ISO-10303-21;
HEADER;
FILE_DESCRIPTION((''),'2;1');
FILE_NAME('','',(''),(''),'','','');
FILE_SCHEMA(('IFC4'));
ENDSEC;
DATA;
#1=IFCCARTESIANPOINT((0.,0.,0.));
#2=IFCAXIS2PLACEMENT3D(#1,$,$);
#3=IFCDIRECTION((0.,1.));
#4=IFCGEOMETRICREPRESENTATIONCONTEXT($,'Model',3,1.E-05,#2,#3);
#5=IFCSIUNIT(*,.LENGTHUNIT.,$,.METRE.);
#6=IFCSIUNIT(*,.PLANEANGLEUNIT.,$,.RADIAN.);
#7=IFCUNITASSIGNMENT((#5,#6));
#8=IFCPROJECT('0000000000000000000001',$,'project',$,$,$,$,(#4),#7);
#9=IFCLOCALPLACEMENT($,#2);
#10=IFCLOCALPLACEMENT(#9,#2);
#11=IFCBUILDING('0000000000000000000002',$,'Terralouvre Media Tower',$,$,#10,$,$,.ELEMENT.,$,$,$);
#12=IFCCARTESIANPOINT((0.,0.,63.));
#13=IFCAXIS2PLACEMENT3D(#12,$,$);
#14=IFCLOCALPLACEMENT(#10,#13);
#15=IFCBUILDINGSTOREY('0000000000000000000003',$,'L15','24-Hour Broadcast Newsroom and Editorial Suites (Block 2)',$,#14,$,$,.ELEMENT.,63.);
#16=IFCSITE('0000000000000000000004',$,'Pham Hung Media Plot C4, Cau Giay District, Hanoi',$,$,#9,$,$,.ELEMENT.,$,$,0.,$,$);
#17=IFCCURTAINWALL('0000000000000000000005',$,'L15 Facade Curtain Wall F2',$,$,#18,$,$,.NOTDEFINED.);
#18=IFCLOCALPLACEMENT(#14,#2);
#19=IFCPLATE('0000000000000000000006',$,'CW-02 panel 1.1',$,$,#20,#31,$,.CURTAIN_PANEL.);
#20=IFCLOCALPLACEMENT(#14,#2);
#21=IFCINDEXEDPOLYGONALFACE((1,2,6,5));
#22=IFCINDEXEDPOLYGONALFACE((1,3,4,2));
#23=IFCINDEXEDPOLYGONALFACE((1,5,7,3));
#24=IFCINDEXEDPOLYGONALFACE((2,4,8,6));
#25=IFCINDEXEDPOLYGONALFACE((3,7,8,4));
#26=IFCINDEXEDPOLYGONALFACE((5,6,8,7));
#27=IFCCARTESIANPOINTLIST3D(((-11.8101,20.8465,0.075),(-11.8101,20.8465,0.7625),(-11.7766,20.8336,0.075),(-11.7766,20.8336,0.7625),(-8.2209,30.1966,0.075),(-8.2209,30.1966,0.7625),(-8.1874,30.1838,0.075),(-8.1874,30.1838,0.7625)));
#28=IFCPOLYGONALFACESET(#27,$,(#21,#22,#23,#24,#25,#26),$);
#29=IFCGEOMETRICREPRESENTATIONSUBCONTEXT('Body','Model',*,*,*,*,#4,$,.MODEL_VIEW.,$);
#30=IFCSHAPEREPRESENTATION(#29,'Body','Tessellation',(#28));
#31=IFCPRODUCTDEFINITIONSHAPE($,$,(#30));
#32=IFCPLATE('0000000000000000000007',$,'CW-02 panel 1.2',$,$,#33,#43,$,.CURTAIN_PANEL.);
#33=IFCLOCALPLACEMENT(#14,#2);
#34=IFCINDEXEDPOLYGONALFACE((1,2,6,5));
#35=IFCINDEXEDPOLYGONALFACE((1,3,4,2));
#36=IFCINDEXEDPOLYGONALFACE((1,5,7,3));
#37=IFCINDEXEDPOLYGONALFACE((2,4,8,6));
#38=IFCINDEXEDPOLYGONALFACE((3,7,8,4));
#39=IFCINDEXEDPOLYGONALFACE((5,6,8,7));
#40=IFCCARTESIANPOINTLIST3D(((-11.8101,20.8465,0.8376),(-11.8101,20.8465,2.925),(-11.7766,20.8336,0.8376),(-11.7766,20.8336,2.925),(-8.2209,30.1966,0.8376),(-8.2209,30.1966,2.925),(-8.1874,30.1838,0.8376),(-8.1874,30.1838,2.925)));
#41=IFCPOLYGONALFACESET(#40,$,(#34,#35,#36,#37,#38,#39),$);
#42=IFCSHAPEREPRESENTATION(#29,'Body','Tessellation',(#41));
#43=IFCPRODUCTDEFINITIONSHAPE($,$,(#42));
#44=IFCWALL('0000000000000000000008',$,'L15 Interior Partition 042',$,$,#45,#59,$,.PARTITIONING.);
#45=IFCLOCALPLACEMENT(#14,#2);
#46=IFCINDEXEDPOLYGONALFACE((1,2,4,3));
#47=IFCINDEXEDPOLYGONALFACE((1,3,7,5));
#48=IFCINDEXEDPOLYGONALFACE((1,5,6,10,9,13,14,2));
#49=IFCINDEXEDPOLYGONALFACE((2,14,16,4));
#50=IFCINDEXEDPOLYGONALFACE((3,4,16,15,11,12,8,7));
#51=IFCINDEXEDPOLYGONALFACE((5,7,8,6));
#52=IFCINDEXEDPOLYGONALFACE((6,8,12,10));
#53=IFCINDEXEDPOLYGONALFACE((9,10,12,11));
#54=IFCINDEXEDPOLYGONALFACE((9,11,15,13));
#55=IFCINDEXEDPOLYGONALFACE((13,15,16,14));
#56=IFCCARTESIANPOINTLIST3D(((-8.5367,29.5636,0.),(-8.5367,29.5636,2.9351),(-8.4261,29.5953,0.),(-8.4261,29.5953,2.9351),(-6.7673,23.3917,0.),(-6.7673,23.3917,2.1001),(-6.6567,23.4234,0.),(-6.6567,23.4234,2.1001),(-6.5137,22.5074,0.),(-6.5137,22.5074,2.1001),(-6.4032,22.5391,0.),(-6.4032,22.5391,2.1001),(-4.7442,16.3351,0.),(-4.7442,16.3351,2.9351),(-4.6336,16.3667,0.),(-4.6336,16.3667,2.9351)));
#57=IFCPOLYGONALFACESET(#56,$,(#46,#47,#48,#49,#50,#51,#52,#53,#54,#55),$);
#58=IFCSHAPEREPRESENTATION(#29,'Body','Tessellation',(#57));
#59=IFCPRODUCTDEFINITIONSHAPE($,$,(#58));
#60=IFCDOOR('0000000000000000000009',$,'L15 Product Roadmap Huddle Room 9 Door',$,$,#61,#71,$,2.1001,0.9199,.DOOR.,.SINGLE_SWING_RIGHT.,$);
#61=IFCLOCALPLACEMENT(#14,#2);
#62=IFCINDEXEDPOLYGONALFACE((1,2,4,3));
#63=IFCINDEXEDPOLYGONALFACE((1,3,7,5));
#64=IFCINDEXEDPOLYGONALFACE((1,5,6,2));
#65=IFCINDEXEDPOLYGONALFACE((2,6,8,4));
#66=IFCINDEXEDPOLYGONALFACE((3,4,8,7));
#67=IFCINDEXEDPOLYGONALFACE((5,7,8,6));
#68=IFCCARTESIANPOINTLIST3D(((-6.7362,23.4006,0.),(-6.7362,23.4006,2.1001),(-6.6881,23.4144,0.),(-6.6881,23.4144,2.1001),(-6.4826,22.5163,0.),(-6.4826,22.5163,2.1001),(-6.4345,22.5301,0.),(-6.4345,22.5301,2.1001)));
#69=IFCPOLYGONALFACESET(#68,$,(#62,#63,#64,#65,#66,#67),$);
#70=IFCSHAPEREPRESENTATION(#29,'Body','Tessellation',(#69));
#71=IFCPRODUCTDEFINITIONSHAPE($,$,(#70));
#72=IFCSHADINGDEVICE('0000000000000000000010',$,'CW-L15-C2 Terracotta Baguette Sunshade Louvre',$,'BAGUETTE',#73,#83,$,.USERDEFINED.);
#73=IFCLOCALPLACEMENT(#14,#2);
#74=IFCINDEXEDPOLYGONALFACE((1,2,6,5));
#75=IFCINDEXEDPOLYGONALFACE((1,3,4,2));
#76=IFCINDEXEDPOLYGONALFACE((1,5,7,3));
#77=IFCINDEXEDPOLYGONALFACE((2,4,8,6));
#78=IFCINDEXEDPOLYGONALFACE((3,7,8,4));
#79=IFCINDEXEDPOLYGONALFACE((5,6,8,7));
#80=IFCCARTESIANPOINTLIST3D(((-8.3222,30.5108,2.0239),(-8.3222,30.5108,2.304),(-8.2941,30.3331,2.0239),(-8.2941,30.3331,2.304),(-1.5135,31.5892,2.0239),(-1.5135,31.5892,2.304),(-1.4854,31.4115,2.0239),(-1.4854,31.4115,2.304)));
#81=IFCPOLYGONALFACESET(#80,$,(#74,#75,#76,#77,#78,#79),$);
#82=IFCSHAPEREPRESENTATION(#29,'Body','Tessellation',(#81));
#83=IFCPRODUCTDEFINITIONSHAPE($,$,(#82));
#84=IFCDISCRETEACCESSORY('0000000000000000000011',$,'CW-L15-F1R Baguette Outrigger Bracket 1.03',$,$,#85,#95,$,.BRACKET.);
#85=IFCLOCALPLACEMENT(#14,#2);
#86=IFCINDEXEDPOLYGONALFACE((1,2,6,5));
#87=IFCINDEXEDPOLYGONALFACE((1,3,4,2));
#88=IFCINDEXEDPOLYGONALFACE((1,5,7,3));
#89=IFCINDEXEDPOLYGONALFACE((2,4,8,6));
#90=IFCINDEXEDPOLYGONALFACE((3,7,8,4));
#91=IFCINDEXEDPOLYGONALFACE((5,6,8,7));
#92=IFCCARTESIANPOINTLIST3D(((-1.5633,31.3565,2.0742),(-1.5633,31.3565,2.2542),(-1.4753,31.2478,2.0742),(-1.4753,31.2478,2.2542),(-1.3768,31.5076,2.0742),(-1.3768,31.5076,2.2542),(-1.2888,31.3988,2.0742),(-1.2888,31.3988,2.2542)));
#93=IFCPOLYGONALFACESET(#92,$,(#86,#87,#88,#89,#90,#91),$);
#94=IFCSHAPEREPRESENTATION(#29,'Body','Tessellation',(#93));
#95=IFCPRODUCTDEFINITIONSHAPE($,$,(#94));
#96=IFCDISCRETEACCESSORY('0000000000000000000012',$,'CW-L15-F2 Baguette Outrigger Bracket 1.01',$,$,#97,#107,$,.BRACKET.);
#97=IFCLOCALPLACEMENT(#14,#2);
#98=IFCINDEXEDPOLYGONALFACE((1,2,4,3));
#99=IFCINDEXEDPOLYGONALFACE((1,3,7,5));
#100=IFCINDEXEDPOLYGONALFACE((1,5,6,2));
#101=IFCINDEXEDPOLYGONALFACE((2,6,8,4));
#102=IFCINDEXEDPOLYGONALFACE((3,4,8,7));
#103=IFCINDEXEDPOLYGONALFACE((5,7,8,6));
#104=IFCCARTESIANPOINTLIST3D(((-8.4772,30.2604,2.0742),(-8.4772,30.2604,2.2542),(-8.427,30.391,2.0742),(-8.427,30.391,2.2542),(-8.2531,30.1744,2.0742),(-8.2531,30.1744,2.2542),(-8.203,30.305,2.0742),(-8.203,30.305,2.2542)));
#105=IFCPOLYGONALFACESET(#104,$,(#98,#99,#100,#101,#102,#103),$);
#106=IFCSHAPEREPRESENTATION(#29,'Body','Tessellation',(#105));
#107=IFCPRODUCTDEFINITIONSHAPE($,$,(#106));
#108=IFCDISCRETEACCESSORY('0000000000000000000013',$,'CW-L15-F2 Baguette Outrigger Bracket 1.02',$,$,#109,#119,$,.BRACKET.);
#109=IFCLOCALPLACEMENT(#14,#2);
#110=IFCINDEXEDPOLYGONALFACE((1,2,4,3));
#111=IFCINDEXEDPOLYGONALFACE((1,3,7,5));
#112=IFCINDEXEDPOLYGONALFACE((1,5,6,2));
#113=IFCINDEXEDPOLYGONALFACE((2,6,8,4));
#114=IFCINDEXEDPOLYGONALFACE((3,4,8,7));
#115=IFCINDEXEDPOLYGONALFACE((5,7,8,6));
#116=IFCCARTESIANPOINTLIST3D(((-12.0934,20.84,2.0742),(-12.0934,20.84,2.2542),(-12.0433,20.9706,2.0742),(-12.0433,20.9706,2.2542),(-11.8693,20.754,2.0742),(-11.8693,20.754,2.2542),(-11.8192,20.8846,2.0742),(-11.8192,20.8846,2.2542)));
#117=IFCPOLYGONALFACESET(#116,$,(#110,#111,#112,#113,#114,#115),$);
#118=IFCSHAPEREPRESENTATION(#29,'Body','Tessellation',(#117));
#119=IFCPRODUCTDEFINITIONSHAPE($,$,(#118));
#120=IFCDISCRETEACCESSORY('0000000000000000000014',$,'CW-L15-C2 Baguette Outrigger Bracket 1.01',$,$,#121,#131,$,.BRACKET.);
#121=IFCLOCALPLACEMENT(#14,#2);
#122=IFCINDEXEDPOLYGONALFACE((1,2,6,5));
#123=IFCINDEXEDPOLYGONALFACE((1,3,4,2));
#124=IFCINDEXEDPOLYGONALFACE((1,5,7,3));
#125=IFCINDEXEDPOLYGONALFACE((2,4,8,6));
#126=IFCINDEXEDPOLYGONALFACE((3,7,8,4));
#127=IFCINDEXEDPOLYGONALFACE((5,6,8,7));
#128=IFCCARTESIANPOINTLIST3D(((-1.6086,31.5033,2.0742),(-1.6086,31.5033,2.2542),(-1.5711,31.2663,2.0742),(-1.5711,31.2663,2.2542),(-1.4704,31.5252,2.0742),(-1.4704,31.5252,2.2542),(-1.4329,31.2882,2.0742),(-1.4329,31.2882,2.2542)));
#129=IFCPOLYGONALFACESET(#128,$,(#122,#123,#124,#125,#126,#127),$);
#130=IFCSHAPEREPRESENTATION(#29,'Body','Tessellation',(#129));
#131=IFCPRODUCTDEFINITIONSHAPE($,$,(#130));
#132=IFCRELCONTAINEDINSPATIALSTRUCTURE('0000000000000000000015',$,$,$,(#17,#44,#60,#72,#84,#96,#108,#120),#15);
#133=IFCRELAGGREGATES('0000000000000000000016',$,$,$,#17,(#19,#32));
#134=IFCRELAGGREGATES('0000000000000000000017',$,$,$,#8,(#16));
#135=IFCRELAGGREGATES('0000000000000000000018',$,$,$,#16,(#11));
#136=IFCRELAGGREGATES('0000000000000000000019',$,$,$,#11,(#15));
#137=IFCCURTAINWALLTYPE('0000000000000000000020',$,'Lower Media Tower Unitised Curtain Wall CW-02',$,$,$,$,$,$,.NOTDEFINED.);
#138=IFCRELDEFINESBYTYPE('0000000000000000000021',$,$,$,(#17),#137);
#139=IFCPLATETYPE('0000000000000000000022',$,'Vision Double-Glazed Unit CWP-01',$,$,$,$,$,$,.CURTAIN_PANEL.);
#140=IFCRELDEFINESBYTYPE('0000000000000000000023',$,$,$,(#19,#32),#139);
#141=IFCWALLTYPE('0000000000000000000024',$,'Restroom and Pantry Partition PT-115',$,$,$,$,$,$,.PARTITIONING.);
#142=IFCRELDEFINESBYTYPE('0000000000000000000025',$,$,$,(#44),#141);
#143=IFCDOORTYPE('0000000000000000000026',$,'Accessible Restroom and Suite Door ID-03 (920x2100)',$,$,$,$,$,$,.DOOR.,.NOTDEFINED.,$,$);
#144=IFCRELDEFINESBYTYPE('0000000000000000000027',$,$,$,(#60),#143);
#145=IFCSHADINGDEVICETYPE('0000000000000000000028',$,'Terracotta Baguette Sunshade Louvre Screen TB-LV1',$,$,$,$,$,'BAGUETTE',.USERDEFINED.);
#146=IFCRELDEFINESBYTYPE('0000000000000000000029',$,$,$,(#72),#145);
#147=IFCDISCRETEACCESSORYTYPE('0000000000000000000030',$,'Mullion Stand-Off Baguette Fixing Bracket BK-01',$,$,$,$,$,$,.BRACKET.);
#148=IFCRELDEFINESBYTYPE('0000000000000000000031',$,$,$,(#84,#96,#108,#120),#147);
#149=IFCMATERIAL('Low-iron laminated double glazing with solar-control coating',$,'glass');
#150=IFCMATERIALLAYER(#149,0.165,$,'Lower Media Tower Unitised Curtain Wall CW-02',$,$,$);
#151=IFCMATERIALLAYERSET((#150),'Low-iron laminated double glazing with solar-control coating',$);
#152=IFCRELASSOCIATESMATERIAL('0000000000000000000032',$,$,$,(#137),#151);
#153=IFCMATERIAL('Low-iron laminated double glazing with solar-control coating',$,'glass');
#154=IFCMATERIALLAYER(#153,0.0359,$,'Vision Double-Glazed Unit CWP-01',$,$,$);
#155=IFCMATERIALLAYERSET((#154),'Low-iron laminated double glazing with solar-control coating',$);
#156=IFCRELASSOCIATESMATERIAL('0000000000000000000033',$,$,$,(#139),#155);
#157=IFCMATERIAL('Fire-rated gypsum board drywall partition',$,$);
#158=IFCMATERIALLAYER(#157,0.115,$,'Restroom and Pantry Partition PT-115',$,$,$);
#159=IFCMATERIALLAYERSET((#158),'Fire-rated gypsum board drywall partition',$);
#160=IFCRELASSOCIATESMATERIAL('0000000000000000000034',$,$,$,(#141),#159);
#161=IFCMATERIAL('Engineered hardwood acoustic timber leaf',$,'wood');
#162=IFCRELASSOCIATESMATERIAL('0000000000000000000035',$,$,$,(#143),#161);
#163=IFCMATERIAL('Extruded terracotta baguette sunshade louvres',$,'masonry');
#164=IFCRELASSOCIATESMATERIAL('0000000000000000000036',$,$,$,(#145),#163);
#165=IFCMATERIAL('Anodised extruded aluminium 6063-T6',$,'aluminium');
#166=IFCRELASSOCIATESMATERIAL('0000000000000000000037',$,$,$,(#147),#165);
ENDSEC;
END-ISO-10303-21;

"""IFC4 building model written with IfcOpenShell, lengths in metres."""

from ifc_helpers import new_model, si_unit, direction, frame, frame_2d, origin, origin_2d, place, context, subcontext, project, spatial, rectangle, extrude, material, layer, layer_set, type_object, element, fill, aggregate, save


model = new_model("IFC4")

# Units and contexts
model_context = context("Model", 3, precision=1e-05, world=origin(), true_north=direction((0.0, 1.0)))
body_context = subcontext(model_context, "Body", "Model", "MODEL_VIEW")
ifc_project = project(units=[si_unit("LENGTHUNIT", "METRE"), si_unit("PLANEANGLEUNIT", "RADIAN")], contexts=[model_context])

# Site, building, storey
site_placement = place(None, origin())
site = spatial("IfcSite", under=ifc_project, at=site_placement, Name="Pham Hung Media Plot C4, Cau Giay District, Hanoi", CompositionType="ELEMENT", RefElevation=0.0)
building_placement = place(site_placement, origin())
building = spatial("IfcBuilding", under=site, at=building_placement, Name="Terralouvre Media Tower", CompositionType="ELEMENT")
storey_placement = place(building_placement, frame((0.0, 0.0, 63.0)))
storey = spatial("IfcBuildingStorey", under=building, at=storey_placement, Name="L15", Description="24-Hour Broadcast Newsroom and Editorial Suites (Block 2)", CompositionType="ELEMENT", Elevation=63.0)

# Curtain wall
ifc_material_1 = material(Name="Low-iron laminated double glazing with solar-control coating", Category="glass")
ifc_layer_1 = layer(ifc_material_1, 0.165, Name="Lower Media Tower Unitised Curtain Wall CW-02")
ifc_layer_set_1 = layer_set([ifc_layer_1], Name="Low-iron laminated double glazing with solar-control coating")
curtain_wall_type_1 = type_object("IfcCurtainWallType", Name="Lower Media Tower Unitised Curtain Wall CW-02", PredefinedType="NOTDEFINED", material=ifc_layer_set_1)
curtain_wall_1_placement = place(storey_placement, origin())
curtain_wall_1 = element("IfcCurtainWall", 1, at=curtain_wall_1_placement, inside=storey, type_object=curtain_wall_type_1, Name="L15 Facade Curtain Wall F2", PredefinedType="NOTDEFINED")

# Plates
ifc_material_2 = material(Name="Low-iron laminated double glazing with solar-control coating", Category="glass")
ifc_layer_2 = layer(ifc_material_2, 0.0359, Name="Vision Double-Glazed Unit CWP-01")
ifc_layer_set_2 = layer_set([ifc_layer_2], Name="Low-iron laminated double glazing with solar-control coating")
plate_type_1 = type_object("IfcPlateType", Name="Vision Double-Glazed Unit CWP-01", PredefinedType="CURTAIN_PANEL", material=ifc_layer_set_2)
plate_1_placement = place(storey_placement, frame((-9.9988, 25.5151, 0.075), z_axis=(0.0, 0.0, 1.0), x_axis=(-0.358368, -0.93358, 0.0)))
plate_1 = element("IfcPlate", 2, at=plate_1_placement, type_object=plate_type_1, Name="CW-02 panel 1.1", PredefinedType="CURTAIN_PANEL", context=body_context, shape_type="SweptSolid", body=[
    extrude(rectangle(XDim=10.0154, YDim=0.0359, at=origin_2d()), origin(), (0.0, 0.0, 1.0), 0.6875),
])
plate_2_placement = place(storey_placement, frame((-9.9988, 25.5151, 0.8376), z_axis=(0.0, 0.0, 1.0), x_axis=(-0.358368, -0.93358, 0.0)))
plate_2 = element("IfcPlate", 3, at=plate_2_placement, type_object=plate_type_1, Name="CW-02 panel 1.2", PredefinedType="CURTAIN_PANEL", context=body_context, shape_type="SweptSolid", body=[
    extrude(rectangle(XDim=10.0154, YDim=0.0359, at=origin_2d()), origin(), (0.0, 0.0, 1.0), 2.0874),
])
aggregate(curtain_wall_1, [plate_1, plate_2])

# Wall, opening, door
ifc_material_3 = material(Name="Fire-rated gypsum board drywall partition")
ifc_layer_3 = layer(ifc_material_3, 0.115, Name="Restroom and Pantry Partition PT-115")
ifc_layer_set_3 = layer_set([ifc_layer_3], Name="Fire-rated gypsum board drywall partition")
wall_type = type_object("IfcWallType", Name="Restroom and Pantry Partition PT-115", PredefinedType="PARTITIONING", material=ifc_layer_set_3)
wall_placement = place(storey_placement, frame((-8.4814, 29.5796, 0.0), z_axis=(0.0, 0.0, 1.0), x_axis=(0.275588, -0.961276, 0.0)))
wall = element("IfcWall", 4, at=wall_placement, inside=storey, type_object=wall_type, Name="L15 Interior Partition 042", PredefinedType="PARTITIONING", context=body_context, shape_type="SweptSolid", body=[
    extrude(rectangle(XDim=13.7615, YDim=0.115, at=frame_2d((6.8809, 0.0))), origin(), (0.0, 0.0, 1.0), 2.9351),
])
opening_placement = place(wall_placement, frame((6.4207, 0.0, 0.0)))
opening = element("IfcOpeningElement", 5, at=opening_placement, cuts=wall, PredefinedType="OPENING", context=body_context, shape_type="SweptSolid", body=[
    extrude(rectangle(XDim=0.9199, YDim=2.1001, at=frame_2d((0.46, 1.05))), frame((0.0, 0.0674, 0.0), z_axis=(0.0, -1.0, 0.0), x_axis=(1.0, 0.0, 0.0)), (0.0, 0.0, 1.0), 0.135),
])
ifc_material_4 = material(Name="Engineered hardwood acoustic timber leaf", Category="wood")
door_type = type_object("IfcDoorType", Name="Accessible Restroom and Suite Door ID-03 (920x2100)", OperationType="NOTDEFINED", PredefinedType="DOOR", material=ifc_material_4)
door_placement = place(opening_placement, origin())
door = element("IfcDoor", 6, at=door_placement, inside=storey, type_object=door_type, Name="L15 Product Roadmap Huddle Room 9 Door", OperationType="SINGLE_SWING_RIGHT", OverallHeight=2.1001, OverallWidth=0.9199, PredefinedType="DOOR", context=body_context, shape_type="SweptSolid", body=[
    extrude(rectangle(XDim=0.9199, YDim=2.1001, at=frame_2d((0.46, 1.05))), frame((0.0, 0.0249, 0.0), z_axis=(0.0, -1.0, 0.0), x_axis=(1.0, 0.0, 0.0)), (0.0, 0.0, 1.0), 0.05),
])
fill(opening, door)

# Shading device
ifc_material_5 = material(Name="Extruded terracotta baguette sunshade louvres", Category="masonry")
shading_device_type = type_object("IfcShadingDeviceType", Name="Terracotta Baguette Sunshade Louvre Screen TB-LV1", ElementType="BAGUETTE", PredefinedType="USERDEFINED", material=ifc_material_5)
shading_device_placement = place(storey_placement, frame((-4.9038, 30.9612, 2.0239), z_axis=(0.0, 0.0, 1.0), x_axis=(-0.987688, -0.156434, 0.0)))
element("IfcShadingDevice", 7, at=shading_device_placement, inside=storey, type_object=shading_device_type, Name="CW-L15-C2 Terracotta Baguette Sunshade Louvre", ObjectType="BAGUETTE", PredefinedType="USERDEFINED", context=body_context, shape_type="SweptSolid", body=[
    extrude(rectangle(XDim=6.8936, YDim=0.1799, at=origin_2d()), origin(), (0.0, 0.0, 1.0), 0.28),
])

# Discrete accessories
ifc_material_6 = material(Name="Anodised extruded aluminium 6063-T6", Category="aluminium")
discrete_accessory_type = type_object("IfcDiscreteAccessoryType", Name="Mullion Stand-Off Baguette Fixing Bracket BK-01", PredefinedType="BRACKET", material=ifc_material_6)
for number, where, z_axis, x_axis, name in (
    (8, (-1.426, 31.3777, 2.0742), (0.0, 0.0, 1.0), (-0.629321, 0.777146, 0.0), "CW-L15-F1R Baguette Outrigger Bracket 1.03"),
    (9, (-8.3401, 30.2827, 2.0742), (0.0, 0.0, 1.0), (-0.358368, -0.93358, 0.0), "CW-L15-F2 Baguette Outrigger Bracket 1.01"),
    (10, (-11.9563, 20.8623, 2.0742), (0.0, 0.0, 1.0), (-0.358368, -0.93358, 0.0), "CW-L15-F2 Baguette Outrigger Bracket 1.02"),
    (11, (-1.5208, 31.3958, 2.0742), (0.0, 0.0, 1.0), (-0.987688, -0.156434, 0.0), "CW-L15-C2 Baguette Outrigger Bracket 1.01"),
):
    element("IfcDiscreteAccessory", number, at=place(storey_placement, frame(where, z_axis=z_axis, x_axis=x_axis)), inside=storey, type_object=discrete_accessory_type, Name=name, PredefinedType="BRACKET", context=body_context, shape_type="SweptSolid", body=[
        extrude(rectangle(XDim=0.1399, YDim=0.24, at=origin_2d()), origin(), (0.0, 0.0, 1.0), 0.1799),
    ])

save(model, "model.ifc")
